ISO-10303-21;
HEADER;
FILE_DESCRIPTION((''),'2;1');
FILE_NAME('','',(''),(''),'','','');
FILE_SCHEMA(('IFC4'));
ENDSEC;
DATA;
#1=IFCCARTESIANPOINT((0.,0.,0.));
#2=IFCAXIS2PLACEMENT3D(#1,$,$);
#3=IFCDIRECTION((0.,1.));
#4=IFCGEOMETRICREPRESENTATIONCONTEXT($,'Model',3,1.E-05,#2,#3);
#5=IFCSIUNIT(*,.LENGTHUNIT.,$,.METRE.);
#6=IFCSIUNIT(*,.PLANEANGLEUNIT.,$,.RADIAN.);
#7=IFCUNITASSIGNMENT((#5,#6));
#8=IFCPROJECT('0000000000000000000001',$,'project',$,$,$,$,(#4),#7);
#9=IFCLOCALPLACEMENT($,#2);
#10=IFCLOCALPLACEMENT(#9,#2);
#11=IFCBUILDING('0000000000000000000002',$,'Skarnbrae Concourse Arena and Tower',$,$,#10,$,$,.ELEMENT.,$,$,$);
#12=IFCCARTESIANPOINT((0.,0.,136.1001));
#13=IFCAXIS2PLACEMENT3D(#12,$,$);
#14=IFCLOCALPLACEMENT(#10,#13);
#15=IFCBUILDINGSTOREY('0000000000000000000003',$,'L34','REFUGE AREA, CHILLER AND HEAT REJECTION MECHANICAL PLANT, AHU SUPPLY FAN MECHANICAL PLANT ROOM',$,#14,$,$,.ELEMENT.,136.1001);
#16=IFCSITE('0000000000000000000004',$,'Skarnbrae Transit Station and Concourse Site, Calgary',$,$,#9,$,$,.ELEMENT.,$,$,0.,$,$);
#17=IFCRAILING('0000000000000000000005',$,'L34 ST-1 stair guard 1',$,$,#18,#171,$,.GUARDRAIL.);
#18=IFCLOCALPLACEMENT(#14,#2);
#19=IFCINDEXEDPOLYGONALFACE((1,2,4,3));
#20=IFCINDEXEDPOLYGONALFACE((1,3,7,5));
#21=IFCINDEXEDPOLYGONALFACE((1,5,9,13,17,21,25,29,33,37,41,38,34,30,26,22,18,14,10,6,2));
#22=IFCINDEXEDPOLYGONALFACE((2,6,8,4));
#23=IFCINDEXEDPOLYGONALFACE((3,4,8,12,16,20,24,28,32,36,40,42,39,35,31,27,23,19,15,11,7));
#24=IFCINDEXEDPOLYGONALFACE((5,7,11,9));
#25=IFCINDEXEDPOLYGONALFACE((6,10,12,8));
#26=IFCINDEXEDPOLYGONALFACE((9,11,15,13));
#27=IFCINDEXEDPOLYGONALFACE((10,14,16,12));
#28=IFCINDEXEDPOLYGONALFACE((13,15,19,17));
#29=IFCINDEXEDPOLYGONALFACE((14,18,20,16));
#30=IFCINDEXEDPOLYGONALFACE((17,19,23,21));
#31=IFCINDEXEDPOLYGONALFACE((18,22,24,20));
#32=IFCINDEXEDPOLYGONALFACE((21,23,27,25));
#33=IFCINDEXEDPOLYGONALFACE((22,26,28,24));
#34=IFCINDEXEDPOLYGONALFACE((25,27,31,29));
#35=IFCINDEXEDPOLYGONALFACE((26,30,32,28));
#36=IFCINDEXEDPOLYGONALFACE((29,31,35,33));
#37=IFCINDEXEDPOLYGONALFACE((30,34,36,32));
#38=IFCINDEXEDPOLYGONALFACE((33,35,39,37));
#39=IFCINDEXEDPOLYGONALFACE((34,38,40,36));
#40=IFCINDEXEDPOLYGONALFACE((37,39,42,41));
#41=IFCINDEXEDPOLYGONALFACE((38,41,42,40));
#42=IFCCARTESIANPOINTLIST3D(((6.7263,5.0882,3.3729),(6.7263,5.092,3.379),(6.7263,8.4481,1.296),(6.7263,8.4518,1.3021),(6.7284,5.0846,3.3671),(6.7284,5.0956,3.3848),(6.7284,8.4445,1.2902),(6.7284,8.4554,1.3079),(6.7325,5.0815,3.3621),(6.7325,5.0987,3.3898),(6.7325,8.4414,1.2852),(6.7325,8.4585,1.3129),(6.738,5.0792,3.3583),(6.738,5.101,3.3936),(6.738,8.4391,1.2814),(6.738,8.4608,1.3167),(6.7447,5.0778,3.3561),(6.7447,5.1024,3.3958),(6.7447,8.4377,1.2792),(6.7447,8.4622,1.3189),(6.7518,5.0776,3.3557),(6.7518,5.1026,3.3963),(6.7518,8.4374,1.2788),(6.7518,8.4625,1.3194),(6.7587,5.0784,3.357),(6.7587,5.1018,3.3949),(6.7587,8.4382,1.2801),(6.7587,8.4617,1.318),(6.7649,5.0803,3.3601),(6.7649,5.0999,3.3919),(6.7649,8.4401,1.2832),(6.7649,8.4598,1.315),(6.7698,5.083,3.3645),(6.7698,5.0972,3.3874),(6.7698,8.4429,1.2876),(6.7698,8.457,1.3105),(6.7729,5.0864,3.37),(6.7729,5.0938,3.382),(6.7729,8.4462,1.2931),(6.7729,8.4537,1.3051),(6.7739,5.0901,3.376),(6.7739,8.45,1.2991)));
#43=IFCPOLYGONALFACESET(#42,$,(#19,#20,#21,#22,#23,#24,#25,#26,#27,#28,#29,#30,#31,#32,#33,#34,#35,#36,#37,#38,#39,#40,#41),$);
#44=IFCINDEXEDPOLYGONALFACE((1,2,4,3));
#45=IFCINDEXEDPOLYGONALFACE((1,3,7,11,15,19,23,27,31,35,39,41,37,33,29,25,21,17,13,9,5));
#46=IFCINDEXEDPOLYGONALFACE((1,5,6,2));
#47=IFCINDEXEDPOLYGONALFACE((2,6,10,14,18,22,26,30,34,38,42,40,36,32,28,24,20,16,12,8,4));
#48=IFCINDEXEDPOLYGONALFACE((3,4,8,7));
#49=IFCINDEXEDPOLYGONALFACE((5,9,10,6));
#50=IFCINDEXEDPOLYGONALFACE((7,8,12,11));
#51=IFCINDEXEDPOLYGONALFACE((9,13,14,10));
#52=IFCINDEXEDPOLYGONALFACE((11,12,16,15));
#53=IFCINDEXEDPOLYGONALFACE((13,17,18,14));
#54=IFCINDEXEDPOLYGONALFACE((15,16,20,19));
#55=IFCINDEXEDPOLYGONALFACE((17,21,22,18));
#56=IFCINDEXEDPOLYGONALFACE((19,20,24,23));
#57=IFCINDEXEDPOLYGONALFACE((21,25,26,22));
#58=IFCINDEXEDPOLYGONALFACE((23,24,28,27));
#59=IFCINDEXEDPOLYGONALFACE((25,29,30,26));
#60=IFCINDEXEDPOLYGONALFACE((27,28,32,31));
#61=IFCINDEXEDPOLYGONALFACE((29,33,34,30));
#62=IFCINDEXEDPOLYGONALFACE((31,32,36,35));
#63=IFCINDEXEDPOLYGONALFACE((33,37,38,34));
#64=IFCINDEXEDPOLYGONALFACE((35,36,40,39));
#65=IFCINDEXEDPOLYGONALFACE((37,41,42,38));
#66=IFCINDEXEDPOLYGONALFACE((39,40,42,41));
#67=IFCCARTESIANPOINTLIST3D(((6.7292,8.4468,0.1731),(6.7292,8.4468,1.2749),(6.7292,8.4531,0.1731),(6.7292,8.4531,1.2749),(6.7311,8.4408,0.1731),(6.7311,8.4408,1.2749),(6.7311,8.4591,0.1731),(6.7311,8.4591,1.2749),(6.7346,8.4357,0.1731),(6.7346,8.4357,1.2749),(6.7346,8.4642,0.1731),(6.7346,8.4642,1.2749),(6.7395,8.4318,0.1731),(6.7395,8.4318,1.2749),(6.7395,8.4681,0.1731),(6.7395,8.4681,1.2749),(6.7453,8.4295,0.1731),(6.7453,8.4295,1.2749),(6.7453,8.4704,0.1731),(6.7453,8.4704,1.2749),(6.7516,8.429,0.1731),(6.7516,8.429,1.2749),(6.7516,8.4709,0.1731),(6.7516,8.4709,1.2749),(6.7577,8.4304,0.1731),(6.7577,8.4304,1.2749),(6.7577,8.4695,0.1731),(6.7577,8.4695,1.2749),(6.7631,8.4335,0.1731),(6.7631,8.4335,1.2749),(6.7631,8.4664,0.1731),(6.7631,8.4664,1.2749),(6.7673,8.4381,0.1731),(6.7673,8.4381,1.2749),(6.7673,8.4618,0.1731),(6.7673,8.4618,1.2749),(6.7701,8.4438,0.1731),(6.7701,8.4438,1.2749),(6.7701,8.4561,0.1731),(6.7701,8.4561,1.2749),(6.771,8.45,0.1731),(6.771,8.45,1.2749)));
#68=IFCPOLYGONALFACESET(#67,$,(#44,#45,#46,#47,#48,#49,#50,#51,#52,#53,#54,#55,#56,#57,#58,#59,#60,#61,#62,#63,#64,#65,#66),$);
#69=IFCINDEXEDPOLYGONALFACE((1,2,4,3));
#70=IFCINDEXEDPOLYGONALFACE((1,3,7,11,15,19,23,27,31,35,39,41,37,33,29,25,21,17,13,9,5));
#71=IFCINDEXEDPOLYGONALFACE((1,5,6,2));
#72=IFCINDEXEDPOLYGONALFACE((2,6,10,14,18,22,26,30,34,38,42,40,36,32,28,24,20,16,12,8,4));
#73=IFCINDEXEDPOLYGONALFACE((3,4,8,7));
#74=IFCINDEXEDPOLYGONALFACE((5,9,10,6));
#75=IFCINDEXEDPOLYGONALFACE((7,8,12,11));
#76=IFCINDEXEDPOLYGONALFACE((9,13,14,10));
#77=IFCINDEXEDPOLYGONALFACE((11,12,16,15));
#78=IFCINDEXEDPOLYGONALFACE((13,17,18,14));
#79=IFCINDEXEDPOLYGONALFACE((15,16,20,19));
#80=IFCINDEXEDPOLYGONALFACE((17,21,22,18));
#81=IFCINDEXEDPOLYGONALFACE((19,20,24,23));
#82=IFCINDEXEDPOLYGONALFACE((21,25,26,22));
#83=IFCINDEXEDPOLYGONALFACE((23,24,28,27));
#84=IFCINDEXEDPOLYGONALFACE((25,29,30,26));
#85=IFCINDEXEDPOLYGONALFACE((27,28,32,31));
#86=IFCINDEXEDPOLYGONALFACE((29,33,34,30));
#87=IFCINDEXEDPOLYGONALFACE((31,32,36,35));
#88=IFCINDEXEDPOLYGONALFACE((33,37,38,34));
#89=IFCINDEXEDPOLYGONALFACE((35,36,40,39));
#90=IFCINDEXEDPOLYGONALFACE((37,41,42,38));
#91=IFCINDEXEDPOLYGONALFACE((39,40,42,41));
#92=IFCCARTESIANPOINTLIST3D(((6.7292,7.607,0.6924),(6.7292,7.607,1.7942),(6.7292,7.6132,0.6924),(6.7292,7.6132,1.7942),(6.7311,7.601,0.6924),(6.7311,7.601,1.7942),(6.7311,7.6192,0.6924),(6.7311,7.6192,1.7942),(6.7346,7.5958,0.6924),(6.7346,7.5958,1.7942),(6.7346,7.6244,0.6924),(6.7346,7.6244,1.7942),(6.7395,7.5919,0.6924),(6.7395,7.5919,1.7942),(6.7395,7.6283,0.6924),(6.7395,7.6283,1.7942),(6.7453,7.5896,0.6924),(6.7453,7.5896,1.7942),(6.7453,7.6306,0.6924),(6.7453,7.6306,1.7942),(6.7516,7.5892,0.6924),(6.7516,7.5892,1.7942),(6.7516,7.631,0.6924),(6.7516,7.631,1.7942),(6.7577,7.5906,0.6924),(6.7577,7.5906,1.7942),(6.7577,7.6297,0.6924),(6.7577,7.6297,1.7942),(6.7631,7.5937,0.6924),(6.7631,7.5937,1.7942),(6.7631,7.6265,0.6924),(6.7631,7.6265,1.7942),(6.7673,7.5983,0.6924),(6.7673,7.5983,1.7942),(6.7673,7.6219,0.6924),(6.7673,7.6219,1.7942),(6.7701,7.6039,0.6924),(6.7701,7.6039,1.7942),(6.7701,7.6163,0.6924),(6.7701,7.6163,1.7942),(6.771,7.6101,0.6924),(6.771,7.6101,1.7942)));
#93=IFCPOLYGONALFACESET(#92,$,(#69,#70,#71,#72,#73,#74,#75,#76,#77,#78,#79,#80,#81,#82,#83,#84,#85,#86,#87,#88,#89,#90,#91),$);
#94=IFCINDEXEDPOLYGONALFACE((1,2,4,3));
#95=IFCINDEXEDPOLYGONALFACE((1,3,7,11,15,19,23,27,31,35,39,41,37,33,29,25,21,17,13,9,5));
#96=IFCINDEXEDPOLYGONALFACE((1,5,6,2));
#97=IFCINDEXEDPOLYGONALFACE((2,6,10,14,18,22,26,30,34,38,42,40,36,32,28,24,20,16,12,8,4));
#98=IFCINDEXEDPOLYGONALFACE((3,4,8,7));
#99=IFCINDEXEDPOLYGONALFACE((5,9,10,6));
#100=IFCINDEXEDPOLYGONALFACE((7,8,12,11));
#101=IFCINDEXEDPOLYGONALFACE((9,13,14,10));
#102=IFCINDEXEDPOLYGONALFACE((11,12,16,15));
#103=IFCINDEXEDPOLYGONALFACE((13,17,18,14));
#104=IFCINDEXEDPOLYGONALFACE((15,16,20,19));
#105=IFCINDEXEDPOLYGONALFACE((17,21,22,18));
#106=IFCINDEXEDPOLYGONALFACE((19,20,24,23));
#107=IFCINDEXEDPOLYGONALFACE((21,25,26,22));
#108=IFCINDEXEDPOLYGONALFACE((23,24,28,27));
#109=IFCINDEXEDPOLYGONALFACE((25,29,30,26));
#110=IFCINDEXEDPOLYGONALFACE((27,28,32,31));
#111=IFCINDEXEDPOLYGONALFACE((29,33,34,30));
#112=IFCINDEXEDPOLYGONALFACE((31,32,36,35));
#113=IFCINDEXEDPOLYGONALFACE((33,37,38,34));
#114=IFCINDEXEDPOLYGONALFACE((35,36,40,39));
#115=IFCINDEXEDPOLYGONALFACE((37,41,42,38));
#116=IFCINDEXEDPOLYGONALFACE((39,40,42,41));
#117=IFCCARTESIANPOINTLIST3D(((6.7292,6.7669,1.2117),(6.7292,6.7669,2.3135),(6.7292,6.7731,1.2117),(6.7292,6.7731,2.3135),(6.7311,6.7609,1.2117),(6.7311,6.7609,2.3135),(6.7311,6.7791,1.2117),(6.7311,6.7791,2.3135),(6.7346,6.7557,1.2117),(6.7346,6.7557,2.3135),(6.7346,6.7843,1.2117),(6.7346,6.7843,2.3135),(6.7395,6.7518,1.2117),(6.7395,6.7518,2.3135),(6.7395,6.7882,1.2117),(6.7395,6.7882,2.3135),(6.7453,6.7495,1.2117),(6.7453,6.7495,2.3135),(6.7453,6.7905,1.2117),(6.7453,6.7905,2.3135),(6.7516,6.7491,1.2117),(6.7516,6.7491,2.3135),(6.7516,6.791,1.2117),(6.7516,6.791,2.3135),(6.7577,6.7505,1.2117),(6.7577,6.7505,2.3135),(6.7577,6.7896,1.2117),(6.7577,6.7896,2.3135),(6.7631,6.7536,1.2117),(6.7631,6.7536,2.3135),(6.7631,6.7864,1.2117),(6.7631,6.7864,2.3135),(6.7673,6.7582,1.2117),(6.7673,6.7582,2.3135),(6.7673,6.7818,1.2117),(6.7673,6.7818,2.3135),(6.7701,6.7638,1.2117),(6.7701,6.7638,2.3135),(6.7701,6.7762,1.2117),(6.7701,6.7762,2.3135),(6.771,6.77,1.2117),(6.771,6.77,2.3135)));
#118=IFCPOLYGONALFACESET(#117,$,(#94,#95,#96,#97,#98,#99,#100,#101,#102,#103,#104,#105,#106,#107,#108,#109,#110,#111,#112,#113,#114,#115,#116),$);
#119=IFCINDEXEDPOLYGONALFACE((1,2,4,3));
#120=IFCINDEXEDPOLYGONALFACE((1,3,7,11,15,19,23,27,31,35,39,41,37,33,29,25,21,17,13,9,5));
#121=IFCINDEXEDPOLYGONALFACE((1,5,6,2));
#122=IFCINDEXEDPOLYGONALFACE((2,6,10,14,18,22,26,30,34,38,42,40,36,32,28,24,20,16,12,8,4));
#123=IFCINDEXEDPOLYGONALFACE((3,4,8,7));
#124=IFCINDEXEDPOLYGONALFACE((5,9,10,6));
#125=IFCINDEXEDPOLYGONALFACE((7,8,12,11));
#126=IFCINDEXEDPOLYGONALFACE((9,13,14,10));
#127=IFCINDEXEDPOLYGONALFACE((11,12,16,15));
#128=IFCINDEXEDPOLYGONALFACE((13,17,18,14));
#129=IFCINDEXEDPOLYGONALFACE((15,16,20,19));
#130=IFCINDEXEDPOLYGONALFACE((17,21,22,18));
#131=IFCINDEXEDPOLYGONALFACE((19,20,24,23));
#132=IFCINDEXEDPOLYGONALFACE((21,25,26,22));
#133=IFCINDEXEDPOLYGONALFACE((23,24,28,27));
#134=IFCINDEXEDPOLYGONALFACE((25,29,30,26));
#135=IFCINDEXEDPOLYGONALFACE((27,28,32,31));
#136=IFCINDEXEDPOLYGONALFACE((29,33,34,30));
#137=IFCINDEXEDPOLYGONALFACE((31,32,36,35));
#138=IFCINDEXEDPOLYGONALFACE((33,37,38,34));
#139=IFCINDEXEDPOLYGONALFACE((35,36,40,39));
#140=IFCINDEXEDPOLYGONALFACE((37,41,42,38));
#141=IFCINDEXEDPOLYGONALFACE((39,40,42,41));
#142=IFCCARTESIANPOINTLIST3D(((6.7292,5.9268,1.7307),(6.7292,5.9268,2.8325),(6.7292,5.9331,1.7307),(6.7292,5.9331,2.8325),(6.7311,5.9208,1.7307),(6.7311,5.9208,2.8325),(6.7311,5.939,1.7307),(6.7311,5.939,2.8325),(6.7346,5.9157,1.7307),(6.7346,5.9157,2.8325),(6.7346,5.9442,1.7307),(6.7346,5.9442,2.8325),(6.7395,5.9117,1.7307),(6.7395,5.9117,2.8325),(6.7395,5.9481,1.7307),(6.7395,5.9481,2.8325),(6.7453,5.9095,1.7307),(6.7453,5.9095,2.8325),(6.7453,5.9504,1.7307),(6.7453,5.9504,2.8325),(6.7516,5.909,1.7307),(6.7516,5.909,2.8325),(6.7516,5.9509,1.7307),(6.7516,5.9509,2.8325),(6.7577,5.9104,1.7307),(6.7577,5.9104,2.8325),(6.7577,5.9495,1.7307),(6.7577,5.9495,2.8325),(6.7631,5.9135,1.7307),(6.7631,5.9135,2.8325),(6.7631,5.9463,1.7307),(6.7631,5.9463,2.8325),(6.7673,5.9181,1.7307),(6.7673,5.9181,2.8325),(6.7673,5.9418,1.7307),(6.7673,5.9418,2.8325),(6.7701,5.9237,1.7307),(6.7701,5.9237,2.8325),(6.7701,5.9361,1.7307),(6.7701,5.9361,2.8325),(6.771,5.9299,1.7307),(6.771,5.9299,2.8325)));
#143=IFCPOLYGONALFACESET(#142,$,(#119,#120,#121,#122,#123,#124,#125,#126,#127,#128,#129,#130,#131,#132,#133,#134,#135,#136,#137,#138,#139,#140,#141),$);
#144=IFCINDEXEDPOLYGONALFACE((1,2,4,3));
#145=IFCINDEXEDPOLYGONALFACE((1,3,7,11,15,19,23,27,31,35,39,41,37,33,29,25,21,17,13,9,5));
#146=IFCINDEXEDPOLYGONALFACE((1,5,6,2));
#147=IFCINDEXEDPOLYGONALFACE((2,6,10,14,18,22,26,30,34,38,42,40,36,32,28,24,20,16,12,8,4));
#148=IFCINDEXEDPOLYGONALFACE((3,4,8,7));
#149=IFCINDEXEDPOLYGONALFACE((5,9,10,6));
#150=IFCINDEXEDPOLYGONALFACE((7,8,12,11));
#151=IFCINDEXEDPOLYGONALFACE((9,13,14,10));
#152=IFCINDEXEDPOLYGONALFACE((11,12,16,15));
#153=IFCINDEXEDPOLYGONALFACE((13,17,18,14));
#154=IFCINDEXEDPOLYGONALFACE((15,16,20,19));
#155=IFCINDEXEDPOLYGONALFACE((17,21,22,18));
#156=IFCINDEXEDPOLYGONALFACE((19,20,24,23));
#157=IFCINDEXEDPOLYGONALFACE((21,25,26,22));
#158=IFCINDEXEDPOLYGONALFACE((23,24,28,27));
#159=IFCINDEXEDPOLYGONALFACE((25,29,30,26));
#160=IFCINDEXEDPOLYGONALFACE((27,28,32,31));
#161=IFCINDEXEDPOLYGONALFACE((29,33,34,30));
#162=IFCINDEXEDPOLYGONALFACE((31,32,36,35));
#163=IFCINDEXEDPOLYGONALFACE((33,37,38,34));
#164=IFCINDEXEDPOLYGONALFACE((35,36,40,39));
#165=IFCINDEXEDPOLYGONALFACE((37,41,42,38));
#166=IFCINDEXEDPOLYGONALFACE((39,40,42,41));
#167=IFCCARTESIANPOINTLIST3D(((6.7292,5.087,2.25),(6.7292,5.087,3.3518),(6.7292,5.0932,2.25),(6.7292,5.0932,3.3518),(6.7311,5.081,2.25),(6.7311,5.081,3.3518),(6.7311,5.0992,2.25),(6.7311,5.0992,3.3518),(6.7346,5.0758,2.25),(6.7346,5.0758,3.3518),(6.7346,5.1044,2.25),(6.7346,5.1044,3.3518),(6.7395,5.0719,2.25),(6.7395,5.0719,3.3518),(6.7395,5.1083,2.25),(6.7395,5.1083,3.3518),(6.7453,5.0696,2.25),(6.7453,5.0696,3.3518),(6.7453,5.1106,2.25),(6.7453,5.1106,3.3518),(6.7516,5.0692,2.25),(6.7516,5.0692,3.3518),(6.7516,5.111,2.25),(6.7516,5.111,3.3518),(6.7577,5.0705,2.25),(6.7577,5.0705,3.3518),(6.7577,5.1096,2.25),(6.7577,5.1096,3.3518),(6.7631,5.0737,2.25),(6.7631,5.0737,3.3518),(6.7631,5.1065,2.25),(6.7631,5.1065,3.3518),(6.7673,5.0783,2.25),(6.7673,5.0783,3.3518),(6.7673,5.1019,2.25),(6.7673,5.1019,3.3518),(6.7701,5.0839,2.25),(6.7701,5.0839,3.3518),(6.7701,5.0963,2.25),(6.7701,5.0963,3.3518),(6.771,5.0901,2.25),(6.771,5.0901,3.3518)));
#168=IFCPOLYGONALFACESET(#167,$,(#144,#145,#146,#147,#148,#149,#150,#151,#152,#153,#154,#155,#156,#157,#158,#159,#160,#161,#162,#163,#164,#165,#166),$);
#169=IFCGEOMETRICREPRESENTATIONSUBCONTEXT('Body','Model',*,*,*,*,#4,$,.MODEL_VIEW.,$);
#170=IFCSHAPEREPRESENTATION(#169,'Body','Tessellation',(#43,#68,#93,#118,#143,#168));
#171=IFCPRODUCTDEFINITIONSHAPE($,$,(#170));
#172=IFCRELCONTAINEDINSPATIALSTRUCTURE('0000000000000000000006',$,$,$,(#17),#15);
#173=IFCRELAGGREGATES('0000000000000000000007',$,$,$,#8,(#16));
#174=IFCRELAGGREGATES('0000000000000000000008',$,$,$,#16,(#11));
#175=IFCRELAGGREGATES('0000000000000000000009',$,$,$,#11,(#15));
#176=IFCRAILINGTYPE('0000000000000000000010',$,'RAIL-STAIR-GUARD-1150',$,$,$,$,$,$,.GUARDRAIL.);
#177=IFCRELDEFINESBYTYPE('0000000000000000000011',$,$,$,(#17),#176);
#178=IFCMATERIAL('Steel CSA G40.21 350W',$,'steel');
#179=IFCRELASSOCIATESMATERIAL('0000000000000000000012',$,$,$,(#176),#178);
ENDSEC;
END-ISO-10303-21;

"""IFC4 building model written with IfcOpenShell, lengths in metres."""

from ifc_helpers import new_model, si_unit, direction, frame, origin, origin_2d, place, context, subcontext, project, spatial, circle, extrude, material, type_object, element, save


model = new_model("IFC4")

# Units and contexts
model_context = context("Model", 3, precision=1e-05, world=origin(), true_north=direction((0.0, 1.0)))
body_context = subcontext(model_context, "Body", "Model", "MODEL_VIEW")
ifc_project = project(units=[si_unit("LENGTHUNIT", "METRE"), si_unit("PLANEANGLEUNIT", "RADIAN")], contexts=[model_context])

# Site, building, storey
site_placement = place(None, origin())
site = spatial("IfcSite", under=ifc_project, at=site_placement, Name="Skarnbrae Transit Station and Concourse Site, Calgary", CompositionType="ELEMENT", RefElevation=0.0)
building_placement = place(site_placement, origin())
building = spatial("IfcBuilding", under=site, at=building_placement, Name="Skarnbrae Concourse Arena and Tower", CompositionType="ELEMENT")
storey_placement = place(building_placement, frame((0.0, 0.0, 136.1001)))
storey = spatial("IfcBuildingStorey", under=building, at=storey_placement, Name="L34", Description="REFUGE AREA, CHILLER AND HEAT REJECTION MECHANICAL PLANT, AHU SUPPLY FAN MECHANICAL PLANT ROOM", CompositionType="ELEMENT", Elevation=136.1001)

# Shared definitions
ifc_material_1 = material(Name="Steel CSA G40.21 350W", Category="steel")

# Railing
railing_type_1 = type_object("IfcRailingType", Name="RAIL-STAIR-GUARD-1150", PredefinedType="GUARDRAIL", material=ifc_material_1)
railing_1_placement = place(storey_placement, frame((6.75, 8.45, 0.1731)))
element("IfcRailing", 1, at=railing_1_placement, inside=storey, type_object=railing_type_1, Name="L34 ST-1 stair guard 1", PredefinedType="GUARDRAIL", context=body_context, shape_type="SweptSolid", body=[
    extrude(circle(Radius=0.0239, at=origin_2d()), frame((0.0, 0.0, 1.126), z_axis=(0.0, -0.850606, 0.525803), x_axis=(1.0, 0.0, 0.0)), (0.0, 0.0, 1.0), 3.95),
    extrude(circle(Radius=0.021, at=origin_2d()), origin(), (0.0, 0.0, 1.0), 1.1018),
    extrude(circle(Radius=0.021, at=origin_2d()), frame((0.0, -0.8398, 0.5193)), (0.0, 0.0, 1.0), 1.1018),
    extrude(circle(Radius=0.021, at=origin_2d()), frame((0.0, -1.6799, 1.0386)), (0.0, 0.0, 1.0), 1.1018),
    extrude(circle(Radius=0.021, at=origin_2d()), frame((0.0, -2.52, 1.5576)), (0.0, 0.0, 1.0), 1.1018),
    extrude(circle(Radius=0.021, at=origin_2d()), frame((0.0, -3.3599, 2.0769)), (0.0, 0.0, 1.0), 1.1018),
])

save(model, "model.ifc")
